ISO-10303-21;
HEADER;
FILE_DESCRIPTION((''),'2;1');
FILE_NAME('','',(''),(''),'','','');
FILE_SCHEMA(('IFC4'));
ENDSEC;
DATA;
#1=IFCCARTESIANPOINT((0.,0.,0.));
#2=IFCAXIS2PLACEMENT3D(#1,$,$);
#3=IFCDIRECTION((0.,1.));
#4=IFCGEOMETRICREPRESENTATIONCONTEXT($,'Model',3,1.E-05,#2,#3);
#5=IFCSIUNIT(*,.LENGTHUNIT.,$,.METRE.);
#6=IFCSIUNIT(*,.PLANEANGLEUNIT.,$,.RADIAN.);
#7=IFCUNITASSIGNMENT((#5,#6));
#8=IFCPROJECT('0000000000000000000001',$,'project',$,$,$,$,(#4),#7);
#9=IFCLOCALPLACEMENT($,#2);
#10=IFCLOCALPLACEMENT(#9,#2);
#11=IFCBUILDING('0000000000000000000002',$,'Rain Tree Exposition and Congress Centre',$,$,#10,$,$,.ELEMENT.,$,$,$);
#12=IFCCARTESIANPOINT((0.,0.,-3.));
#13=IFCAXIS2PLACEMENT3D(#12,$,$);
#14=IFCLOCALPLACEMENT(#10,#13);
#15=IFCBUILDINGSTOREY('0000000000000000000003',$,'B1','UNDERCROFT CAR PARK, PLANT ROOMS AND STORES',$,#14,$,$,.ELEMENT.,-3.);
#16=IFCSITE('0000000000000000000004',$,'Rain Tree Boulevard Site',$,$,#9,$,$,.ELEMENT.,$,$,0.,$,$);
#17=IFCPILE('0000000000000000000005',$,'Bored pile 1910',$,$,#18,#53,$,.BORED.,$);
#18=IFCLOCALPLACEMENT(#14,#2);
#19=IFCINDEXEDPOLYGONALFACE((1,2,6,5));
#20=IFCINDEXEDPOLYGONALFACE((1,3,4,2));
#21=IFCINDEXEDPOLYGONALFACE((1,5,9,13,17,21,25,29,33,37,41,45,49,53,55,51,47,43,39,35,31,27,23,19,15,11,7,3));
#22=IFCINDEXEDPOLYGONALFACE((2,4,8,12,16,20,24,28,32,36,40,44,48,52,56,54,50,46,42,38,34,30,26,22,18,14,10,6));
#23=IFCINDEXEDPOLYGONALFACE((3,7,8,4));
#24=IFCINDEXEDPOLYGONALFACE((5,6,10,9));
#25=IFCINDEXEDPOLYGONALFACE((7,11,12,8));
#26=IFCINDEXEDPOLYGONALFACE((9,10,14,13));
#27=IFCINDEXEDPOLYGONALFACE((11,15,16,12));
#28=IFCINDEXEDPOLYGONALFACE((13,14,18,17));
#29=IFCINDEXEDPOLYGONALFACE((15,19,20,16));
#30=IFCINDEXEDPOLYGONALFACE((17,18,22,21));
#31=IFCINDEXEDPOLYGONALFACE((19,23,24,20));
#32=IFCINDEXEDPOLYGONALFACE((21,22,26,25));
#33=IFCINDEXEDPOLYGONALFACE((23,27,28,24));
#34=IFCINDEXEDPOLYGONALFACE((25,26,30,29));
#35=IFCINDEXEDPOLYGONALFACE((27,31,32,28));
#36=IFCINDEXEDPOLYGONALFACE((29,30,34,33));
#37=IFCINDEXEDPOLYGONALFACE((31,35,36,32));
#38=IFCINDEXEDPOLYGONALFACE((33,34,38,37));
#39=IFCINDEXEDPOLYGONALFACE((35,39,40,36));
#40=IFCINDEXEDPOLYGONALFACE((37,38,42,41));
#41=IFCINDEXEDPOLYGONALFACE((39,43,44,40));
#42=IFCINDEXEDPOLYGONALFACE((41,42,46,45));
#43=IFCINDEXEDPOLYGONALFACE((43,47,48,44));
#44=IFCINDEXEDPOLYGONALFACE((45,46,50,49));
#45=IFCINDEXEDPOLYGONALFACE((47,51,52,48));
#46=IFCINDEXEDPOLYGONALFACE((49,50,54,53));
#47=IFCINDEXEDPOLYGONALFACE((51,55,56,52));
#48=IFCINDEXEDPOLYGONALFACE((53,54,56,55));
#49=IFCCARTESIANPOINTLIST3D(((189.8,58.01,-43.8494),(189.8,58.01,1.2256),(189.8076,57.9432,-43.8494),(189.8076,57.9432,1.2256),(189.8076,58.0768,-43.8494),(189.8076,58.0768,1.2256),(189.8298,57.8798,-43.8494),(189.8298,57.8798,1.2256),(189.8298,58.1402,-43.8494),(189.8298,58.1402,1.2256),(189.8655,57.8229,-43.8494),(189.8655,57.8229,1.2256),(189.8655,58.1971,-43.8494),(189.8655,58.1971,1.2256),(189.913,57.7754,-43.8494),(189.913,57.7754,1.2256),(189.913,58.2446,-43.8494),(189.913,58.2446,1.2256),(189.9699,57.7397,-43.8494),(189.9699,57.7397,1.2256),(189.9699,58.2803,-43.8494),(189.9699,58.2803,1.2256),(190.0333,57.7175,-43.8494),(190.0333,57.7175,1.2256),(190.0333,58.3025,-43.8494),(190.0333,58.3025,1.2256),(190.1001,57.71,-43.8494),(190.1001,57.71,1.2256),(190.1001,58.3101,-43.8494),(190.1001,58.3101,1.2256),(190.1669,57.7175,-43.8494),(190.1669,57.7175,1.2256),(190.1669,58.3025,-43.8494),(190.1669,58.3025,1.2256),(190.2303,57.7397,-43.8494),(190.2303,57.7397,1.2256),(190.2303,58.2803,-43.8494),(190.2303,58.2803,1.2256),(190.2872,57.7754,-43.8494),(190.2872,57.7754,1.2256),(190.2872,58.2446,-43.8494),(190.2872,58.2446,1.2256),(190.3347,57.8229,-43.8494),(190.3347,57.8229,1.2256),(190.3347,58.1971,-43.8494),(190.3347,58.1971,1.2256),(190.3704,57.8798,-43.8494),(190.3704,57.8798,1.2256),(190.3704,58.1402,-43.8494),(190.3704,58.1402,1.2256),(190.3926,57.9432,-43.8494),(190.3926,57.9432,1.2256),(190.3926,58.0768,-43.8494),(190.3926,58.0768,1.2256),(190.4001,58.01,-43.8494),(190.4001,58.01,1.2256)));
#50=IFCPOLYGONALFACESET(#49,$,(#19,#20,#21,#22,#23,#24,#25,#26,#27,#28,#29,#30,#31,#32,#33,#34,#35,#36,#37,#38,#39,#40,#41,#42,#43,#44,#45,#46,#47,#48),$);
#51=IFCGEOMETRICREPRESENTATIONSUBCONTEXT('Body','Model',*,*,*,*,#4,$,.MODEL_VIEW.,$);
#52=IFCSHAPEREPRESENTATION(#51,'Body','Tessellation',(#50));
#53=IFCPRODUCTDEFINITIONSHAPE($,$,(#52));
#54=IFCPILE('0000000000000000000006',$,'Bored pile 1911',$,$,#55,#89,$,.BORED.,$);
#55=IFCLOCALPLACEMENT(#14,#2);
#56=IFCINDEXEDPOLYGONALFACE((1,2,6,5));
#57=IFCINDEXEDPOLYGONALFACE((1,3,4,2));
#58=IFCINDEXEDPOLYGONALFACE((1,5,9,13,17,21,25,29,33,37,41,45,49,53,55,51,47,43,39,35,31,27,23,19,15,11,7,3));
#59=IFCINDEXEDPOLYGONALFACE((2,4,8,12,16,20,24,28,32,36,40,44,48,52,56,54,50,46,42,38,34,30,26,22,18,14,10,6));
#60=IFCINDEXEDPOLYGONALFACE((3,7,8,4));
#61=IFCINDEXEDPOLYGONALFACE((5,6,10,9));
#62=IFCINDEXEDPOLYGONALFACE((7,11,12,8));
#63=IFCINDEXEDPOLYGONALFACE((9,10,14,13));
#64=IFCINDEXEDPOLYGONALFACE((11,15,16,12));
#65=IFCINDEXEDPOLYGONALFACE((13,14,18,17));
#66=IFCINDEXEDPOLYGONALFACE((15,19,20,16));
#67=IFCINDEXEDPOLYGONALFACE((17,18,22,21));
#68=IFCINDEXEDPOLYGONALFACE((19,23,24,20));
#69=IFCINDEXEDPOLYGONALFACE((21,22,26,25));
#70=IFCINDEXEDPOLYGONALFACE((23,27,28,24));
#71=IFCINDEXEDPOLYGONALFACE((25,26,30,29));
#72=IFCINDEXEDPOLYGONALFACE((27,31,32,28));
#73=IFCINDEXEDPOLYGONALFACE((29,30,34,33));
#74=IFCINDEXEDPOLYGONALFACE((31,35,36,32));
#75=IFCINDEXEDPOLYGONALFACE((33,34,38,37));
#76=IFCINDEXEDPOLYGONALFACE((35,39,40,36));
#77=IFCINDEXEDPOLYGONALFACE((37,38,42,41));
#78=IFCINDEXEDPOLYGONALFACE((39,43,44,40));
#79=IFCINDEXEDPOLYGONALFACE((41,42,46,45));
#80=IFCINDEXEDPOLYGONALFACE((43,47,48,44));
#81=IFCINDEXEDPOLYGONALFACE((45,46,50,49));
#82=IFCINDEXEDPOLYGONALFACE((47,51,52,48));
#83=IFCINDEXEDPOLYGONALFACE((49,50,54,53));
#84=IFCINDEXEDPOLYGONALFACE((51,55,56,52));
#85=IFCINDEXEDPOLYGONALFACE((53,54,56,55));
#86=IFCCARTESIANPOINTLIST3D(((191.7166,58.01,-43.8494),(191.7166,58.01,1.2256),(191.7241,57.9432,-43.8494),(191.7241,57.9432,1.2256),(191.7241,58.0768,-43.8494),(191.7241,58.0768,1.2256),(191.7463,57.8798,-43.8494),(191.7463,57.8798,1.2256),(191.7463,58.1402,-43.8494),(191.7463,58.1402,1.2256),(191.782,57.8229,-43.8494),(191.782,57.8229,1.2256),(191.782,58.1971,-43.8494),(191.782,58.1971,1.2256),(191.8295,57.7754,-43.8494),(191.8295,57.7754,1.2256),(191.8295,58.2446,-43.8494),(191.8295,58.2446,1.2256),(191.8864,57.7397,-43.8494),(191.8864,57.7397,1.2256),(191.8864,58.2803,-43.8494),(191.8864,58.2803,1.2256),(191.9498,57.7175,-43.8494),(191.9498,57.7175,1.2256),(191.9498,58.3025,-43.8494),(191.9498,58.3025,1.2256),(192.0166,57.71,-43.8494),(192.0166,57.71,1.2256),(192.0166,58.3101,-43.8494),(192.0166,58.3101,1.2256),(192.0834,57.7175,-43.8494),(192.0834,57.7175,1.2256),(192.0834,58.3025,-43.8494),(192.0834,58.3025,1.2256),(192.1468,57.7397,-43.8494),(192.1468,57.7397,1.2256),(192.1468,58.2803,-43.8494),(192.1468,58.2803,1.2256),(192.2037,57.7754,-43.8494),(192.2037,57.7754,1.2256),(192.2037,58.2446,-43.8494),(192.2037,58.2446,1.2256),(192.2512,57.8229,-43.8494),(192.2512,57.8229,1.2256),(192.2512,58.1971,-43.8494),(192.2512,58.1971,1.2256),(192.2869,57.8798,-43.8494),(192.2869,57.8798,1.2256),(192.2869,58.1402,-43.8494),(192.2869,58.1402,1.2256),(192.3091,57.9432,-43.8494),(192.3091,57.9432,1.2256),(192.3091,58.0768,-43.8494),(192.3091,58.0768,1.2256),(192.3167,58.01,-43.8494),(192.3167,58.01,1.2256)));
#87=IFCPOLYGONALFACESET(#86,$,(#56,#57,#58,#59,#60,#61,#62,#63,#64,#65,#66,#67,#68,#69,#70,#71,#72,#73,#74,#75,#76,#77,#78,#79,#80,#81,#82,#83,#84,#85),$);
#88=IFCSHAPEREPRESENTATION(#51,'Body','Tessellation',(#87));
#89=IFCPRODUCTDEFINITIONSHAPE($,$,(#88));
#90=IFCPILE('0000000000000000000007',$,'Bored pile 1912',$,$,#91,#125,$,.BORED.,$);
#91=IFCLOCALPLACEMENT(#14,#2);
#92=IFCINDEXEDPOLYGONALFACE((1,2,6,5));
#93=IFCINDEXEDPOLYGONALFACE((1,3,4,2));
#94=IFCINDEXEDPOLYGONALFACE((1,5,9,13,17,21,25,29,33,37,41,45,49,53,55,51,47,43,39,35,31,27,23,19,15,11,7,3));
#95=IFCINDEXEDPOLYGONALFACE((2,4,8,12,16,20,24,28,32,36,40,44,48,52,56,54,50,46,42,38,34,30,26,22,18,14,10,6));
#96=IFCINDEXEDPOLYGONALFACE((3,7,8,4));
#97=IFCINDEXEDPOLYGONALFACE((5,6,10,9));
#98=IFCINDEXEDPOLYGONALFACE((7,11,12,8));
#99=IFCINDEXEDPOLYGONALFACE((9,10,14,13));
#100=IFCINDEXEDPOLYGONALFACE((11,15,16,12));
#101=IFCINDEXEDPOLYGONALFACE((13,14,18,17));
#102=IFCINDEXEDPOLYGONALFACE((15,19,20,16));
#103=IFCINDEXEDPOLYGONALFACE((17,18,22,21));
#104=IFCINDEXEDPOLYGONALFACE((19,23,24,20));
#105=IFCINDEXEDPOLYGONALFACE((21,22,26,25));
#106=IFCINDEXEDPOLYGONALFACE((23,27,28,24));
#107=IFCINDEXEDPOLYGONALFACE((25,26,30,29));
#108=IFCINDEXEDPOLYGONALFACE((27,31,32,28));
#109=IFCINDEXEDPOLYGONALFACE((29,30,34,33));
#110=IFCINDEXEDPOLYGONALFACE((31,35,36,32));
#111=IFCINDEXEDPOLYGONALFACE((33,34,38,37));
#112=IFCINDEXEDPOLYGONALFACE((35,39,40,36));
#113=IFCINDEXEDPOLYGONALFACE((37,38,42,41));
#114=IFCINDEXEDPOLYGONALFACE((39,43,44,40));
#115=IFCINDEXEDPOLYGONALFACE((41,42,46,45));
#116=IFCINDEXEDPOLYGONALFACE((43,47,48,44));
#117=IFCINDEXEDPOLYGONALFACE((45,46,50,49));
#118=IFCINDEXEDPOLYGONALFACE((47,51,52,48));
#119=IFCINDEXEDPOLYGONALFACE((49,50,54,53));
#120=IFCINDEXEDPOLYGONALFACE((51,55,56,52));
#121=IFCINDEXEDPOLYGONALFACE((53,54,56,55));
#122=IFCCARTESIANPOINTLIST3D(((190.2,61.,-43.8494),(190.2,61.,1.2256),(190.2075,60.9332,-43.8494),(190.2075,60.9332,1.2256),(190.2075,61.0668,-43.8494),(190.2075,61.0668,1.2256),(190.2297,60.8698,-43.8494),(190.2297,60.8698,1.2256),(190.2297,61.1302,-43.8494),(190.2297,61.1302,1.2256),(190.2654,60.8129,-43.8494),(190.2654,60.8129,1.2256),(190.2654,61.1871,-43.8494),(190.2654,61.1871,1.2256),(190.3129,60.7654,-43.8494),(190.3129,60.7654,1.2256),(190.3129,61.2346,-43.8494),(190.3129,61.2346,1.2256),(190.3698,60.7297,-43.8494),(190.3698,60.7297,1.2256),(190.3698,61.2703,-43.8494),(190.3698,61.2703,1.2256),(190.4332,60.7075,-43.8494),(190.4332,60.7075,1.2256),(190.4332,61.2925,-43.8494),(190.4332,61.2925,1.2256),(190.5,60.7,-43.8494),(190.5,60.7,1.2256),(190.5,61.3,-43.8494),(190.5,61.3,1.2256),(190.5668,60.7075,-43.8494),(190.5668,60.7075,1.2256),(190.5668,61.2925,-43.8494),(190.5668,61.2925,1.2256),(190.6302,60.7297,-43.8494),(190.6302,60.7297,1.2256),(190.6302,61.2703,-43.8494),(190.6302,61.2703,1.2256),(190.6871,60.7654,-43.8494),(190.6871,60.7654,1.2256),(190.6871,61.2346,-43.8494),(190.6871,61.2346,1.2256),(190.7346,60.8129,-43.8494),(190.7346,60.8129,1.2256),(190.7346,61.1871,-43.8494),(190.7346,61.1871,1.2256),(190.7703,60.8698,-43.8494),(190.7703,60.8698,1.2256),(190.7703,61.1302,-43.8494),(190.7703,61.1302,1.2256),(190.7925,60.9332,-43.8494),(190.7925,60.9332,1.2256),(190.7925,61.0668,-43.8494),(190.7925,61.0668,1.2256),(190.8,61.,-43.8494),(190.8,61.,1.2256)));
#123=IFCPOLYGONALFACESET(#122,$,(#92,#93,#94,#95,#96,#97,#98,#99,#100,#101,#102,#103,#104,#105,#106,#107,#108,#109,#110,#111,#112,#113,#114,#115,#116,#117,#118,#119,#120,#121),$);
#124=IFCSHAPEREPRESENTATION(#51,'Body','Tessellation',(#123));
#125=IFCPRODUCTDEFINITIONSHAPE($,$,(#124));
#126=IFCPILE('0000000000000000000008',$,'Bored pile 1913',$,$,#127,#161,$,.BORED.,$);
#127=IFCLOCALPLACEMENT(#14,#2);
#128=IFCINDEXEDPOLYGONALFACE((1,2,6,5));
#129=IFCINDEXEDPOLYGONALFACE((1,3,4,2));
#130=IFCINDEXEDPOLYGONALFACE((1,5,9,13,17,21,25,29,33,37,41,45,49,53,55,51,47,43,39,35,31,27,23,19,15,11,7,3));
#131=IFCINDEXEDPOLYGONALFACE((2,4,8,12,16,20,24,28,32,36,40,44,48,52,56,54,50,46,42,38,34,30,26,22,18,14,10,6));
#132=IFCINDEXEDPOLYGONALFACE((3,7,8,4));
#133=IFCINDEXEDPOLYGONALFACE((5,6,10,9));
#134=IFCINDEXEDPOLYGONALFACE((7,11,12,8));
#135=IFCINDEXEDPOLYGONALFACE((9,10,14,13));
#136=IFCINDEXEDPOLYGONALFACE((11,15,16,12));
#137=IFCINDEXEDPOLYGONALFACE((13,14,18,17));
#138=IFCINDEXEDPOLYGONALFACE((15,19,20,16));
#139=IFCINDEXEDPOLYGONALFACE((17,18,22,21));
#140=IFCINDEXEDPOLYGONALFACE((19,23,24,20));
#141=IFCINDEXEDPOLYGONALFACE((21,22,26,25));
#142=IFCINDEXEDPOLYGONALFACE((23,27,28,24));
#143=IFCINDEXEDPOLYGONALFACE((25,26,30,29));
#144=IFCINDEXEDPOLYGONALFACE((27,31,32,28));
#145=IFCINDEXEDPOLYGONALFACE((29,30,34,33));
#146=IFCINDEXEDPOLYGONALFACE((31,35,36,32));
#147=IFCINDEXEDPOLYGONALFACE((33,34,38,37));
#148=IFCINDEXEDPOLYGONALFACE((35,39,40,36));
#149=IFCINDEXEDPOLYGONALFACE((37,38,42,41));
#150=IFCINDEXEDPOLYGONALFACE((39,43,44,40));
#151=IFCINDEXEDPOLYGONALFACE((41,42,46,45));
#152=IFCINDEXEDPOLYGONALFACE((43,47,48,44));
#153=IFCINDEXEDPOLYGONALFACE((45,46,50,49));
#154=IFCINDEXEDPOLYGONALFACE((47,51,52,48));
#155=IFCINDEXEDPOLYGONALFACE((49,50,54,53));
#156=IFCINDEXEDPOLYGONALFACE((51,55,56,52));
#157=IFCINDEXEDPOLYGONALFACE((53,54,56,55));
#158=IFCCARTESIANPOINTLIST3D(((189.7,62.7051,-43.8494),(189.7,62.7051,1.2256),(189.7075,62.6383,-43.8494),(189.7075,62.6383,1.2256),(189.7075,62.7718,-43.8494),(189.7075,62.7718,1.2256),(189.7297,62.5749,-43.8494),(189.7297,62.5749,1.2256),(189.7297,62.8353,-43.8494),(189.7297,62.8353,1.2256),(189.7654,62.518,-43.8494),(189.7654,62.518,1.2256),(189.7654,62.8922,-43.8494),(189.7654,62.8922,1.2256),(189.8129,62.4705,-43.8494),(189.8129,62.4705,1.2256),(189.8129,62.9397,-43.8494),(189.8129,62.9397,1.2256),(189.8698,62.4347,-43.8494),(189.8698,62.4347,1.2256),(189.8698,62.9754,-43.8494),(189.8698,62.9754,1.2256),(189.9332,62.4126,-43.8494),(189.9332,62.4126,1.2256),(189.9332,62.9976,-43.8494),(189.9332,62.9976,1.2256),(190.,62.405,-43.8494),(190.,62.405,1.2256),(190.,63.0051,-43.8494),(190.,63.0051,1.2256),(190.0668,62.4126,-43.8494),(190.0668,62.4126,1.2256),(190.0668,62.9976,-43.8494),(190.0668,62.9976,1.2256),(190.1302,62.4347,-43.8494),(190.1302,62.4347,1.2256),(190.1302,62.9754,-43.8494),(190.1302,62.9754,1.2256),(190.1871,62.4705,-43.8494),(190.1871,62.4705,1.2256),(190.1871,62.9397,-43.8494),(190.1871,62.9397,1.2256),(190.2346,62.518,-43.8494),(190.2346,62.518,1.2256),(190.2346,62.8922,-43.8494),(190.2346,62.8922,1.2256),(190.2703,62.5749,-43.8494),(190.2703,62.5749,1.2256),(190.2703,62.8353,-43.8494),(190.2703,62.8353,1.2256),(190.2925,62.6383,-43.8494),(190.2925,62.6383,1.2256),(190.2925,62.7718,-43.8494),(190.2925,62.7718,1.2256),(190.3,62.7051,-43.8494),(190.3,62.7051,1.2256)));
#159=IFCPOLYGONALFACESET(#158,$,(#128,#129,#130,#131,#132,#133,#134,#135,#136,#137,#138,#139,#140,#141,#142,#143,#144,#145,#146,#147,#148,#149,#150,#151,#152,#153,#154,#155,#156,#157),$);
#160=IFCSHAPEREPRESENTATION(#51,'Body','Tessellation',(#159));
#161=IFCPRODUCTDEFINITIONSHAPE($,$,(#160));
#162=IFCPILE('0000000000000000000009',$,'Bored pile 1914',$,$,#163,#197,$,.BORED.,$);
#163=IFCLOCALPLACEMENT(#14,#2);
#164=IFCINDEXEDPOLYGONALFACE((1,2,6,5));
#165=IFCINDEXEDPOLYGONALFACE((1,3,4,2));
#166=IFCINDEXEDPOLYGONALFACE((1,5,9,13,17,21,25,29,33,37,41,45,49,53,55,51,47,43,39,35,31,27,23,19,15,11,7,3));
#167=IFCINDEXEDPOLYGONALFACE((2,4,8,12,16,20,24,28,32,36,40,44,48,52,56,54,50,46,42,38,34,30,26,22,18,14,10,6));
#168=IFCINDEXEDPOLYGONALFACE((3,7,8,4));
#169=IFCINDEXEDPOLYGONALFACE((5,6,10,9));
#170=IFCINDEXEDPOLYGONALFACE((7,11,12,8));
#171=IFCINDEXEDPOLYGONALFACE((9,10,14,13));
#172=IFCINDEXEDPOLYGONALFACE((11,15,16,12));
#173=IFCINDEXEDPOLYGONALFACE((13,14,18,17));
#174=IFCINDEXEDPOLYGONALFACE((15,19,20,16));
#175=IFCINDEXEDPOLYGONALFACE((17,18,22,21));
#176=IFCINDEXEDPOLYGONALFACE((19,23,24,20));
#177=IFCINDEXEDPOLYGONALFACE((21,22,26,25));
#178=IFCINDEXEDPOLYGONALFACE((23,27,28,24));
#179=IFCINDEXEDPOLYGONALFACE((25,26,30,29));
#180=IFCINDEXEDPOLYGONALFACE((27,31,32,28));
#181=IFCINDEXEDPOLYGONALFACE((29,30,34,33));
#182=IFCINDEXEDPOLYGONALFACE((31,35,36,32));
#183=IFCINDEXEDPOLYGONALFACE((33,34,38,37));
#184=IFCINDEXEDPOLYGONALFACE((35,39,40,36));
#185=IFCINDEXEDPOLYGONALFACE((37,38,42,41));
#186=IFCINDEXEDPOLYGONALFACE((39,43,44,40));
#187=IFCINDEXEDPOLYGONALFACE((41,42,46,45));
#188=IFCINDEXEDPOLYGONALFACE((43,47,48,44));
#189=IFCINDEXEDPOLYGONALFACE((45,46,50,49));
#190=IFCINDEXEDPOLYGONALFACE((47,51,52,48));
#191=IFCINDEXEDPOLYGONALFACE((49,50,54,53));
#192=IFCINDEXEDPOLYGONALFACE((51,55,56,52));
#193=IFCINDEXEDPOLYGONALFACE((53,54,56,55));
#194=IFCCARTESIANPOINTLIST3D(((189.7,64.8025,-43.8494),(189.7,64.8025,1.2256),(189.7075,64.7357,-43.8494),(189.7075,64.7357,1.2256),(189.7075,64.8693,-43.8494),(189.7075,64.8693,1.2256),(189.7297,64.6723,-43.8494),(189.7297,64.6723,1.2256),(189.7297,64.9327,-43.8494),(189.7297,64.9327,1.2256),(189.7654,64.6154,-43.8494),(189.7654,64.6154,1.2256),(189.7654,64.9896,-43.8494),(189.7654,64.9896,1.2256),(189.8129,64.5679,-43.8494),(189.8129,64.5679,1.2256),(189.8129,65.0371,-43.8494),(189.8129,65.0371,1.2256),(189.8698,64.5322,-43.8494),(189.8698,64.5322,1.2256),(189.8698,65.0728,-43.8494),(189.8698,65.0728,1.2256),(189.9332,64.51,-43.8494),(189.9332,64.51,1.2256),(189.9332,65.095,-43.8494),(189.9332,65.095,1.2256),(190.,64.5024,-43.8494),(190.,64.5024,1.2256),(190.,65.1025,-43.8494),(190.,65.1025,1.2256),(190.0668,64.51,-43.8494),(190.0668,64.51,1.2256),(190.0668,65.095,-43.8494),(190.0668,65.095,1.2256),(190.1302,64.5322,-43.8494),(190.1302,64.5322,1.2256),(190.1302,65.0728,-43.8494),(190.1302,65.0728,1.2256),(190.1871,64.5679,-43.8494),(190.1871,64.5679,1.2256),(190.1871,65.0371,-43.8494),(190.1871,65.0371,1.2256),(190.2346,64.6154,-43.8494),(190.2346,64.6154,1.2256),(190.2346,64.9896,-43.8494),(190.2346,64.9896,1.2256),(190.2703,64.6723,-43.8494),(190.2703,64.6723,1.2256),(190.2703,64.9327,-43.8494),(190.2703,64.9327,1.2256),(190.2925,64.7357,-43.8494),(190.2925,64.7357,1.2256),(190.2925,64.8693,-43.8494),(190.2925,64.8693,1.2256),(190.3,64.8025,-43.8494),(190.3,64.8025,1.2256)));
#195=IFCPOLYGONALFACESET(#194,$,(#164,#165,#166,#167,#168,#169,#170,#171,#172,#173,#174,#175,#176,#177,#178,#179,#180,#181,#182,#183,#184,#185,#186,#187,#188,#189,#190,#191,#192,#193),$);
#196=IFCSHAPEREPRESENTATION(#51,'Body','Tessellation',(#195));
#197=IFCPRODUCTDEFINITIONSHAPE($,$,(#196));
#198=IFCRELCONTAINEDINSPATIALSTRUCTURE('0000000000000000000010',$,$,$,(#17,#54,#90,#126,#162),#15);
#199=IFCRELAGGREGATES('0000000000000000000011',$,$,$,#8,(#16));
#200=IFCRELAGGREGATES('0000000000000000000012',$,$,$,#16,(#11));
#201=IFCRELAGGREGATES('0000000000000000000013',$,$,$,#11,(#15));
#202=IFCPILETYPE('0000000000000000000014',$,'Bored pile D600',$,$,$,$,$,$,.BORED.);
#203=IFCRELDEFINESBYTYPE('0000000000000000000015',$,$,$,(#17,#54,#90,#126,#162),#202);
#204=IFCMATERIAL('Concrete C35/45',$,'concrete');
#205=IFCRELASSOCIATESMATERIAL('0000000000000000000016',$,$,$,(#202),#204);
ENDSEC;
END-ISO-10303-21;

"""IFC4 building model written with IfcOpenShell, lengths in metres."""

from ifc_helpers import new_model, si_unit, direction, frame, origin, origin_2d, place, context, subcontext, project, spatial, circle, extrude, material, material_profile, profile_set, type_object, element, save


model = new_model("IFC4")

# Units and contexts
model_context = context("Model", 3, precision=1e-05, world=origin(), true_north=direction((0.0, 1.0)))
body_context = subcontext(model_context, "Body", "Model", "MODEL_VIEW")
ifc_project = project(units=[si_unit("LENGTHUNIT", "METRE"), si_unit("PLANEANGLEUNIT", "RADIAN")], contexts=[model_context])

# Site, building, storey
site_placement = place(None, origin())
site = spatial("IfcSite", under=ifc_project, at=site_placement, Name="Rain Tree Boulevard Site", CompositionType="ELEMENT", RefElevation=0.0)
building_placement = place(site_placement, origin())
building = spatial("IfcBuilding", under=site, at=building_placement, Name="Rain Tree Exposition and Congress Centre", CompositionType="ELEMENT")
storey_placement = place(building_placement, frame((0.0, 0.0, -3.0)))
storey = spatial("IfcBuildingStorey", under=building, at=storey_placement, Name="B1", Description="UNDERCROFT CAR PARK, PLANT ROOMS AND STORES", CompositionType="ELEMENT", Elevation=-3.0)

# Piles
ifc_material_1 = material(Name="Concrete C35/45", Category="concrete")
ifc_material_profile_1 = material_profile(ifc_material_1, circle(Radius=0.3, at=origin_2d()), Name="D600")
ifc_profile_set_1 = profile_set([ifc_material_profile_1], Name="Concrete C35/45")
pile_type_1 = type_object("IfcPileType", Name="Bored pile D600", PredefinedType="BORED", material=ifc_profile_set_1)
for number, where, z_axis, x_axis, name in (
    (1, (190.1001, 58.01, 1.2256), (0.0, 0.0, -1.0), (1.0, 0.0, 0.0), "Bored pile 1910"),
    (2, (192.0166, 58.01, 1.2256), (0.0, 0.0, -1.0), (1.0, 0.0, 0.0), "Bored pile 1911"),
    (3, (190.5, 61.0, 1.2256), (0.0, 0.0, -1.0), (1.0, 0.0, 0.0), "Bored pile 1912"),
    (4, (190.0, 62.7051, 1.2256), (0.0, 0.0, -1.0), (1.0, 0.0, 0.0), "Bored pile 1913"),
    (5, (190.0, 64.8025, 1.2256), (0.0, 0.0, -1.0), (1.0, 0.0, 0.0), "Bored pile 1914"),
):
    element("IfcPile", number, at=place(storey_placement, frame(where, z_axis=z_axis, x_axis=x_axis)), inside=storey, type_object=pile_type_1, Name=name, PredefinedType="BORED", context=body_context, shape_type="SweptSolid", body=[
        extrude(circle(Radius=0.3, at=origin_2d()), origin(), (0.0, 0.0, 1.0), 45.075),
    ])

save(model, "model.ifc")
